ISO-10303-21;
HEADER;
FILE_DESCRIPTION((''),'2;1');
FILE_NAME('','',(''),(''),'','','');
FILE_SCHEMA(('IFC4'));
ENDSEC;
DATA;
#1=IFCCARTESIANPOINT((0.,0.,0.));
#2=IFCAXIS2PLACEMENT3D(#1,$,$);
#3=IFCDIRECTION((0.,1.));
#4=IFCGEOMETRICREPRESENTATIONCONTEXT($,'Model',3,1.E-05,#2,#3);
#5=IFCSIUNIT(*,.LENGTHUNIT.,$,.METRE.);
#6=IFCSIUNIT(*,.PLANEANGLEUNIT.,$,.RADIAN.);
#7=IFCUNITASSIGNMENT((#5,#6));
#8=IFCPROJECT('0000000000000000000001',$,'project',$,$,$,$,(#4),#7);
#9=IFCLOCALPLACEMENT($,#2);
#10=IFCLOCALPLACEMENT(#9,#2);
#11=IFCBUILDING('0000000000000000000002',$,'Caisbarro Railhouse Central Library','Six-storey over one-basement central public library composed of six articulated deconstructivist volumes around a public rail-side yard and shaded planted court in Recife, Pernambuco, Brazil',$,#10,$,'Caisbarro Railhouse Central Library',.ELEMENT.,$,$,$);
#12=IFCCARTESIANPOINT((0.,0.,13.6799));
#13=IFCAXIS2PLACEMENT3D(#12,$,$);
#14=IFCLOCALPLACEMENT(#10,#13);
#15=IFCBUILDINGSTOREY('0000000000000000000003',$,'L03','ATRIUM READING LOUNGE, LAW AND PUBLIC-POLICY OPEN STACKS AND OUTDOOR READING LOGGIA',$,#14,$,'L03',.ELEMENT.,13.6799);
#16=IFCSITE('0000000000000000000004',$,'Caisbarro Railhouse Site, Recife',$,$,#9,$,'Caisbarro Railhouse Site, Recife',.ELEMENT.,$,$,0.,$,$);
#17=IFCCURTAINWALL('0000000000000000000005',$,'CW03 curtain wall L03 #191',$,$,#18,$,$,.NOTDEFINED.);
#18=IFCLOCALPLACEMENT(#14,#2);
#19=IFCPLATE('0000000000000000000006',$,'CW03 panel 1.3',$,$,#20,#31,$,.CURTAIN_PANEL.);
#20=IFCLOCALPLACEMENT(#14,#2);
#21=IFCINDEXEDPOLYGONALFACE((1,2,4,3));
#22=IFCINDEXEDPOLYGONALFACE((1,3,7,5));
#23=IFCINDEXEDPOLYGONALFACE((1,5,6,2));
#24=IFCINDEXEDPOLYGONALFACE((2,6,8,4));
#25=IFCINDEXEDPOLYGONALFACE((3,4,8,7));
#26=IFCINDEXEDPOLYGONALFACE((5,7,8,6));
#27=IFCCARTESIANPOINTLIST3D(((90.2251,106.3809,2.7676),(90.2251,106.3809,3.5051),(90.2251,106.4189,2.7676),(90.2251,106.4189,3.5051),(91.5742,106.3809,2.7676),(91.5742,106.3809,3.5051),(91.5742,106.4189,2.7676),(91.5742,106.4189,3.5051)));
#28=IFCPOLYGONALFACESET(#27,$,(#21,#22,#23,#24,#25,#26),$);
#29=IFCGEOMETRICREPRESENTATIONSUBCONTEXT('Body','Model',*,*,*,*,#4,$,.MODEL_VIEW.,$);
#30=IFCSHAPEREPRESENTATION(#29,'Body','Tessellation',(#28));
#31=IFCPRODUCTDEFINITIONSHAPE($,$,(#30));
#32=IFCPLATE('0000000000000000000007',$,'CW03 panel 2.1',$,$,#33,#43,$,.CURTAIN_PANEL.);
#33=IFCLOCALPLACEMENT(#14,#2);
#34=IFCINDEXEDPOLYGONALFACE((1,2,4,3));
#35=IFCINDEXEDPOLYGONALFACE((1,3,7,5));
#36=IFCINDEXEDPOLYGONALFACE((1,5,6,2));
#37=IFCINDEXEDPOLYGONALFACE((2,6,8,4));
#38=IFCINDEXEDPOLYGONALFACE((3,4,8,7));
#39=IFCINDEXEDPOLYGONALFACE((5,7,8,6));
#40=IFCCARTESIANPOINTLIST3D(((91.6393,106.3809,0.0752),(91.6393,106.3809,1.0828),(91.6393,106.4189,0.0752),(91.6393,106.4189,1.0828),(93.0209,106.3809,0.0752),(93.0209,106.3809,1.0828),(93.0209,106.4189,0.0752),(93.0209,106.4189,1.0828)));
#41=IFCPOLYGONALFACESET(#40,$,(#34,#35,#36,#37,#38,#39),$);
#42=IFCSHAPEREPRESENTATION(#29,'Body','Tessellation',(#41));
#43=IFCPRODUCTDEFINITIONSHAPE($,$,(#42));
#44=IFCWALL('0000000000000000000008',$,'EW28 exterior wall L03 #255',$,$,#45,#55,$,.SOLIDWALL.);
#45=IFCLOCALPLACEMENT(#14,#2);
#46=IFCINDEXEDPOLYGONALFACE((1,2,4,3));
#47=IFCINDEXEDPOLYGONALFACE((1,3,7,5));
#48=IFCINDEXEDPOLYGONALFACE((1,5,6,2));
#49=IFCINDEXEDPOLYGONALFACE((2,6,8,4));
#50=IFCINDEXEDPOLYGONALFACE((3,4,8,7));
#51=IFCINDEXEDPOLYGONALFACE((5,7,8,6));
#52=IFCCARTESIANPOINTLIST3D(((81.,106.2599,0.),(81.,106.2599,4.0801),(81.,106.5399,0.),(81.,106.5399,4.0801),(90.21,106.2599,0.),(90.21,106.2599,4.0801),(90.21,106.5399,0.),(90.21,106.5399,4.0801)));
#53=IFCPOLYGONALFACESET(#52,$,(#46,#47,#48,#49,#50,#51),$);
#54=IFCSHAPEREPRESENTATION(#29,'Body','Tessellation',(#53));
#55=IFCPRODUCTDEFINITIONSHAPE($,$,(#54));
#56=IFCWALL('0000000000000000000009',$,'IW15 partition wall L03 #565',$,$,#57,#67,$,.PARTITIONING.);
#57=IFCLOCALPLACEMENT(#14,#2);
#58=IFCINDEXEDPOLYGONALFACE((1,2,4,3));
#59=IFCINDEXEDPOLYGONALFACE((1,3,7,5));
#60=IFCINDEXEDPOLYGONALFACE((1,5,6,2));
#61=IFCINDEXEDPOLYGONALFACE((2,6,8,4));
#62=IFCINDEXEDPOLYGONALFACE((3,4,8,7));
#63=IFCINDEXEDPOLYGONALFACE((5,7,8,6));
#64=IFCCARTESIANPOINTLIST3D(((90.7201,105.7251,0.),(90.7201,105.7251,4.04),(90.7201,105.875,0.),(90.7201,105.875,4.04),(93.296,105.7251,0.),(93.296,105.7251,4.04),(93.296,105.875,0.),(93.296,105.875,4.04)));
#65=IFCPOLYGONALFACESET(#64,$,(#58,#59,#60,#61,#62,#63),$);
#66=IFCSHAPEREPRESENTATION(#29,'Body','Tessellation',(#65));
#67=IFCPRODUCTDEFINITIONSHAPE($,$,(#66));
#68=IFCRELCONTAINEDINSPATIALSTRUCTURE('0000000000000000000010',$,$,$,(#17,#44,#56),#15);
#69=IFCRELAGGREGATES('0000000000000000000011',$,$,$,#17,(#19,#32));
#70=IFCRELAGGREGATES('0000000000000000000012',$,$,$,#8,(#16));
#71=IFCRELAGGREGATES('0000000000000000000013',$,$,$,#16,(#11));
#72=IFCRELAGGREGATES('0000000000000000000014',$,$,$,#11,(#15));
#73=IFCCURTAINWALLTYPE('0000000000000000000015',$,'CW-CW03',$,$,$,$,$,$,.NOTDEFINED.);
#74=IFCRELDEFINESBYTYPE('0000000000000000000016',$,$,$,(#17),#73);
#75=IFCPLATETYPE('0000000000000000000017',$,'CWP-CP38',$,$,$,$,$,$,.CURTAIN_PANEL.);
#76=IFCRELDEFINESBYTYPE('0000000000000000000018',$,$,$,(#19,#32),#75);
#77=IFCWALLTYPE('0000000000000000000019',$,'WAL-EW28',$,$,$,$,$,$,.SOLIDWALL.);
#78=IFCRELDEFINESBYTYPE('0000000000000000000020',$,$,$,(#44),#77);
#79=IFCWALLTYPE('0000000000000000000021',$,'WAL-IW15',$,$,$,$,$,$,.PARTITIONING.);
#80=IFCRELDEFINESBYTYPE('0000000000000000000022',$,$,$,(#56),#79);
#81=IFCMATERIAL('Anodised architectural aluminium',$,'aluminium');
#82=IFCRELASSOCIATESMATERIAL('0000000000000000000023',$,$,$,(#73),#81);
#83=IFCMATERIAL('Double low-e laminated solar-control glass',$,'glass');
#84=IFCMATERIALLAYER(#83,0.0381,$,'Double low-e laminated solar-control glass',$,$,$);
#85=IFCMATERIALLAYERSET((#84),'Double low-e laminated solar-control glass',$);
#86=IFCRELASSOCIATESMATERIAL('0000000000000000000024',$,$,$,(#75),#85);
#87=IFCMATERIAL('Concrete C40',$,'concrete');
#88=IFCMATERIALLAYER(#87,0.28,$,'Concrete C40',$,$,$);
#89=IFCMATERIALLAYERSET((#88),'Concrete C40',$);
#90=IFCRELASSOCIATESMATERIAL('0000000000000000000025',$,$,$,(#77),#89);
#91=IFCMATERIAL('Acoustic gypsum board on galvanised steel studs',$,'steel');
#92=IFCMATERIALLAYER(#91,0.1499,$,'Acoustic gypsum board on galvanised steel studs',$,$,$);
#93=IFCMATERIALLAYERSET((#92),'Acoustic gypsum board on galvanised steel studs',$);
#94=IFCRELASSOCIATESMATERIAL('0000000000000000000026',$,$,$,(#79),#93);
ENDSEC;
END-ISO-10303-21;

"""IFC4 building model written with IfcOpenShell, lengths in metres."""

from ifc_helpers import new_model, si_unit, direction, frame, frame_2d, origin, origin_2d, place, context, subcontext, project, spatial, rectangle, extrude, material, layer, layer_set, type_object, element, aggregate, save


model = new_model("IFC4")

# Units and contexts
model_context = context("Model", 3, precision=1e-05, world=origin(), true_north=direction((0.0, 1.0)))
body_context = subcontext(model_context, "Body", "Model", "MODEL_VIEW")
ifc_project = project(units=[si_unit("LENGTHUNIT", "METRE"), si_unit("PLANEANGLEUNIT", "RADIAN")], contexts=[model_context])

# Site, building, storey
site_placement = place(None, origin())
site = spatial("IfcSite", under=ifc_project, at=site_placement, Name="Caisbarro Railhouse Site, Recife", LongName="Caisbarro Railhouse Site, Recife", CompositionType="ELEMENT", RefElevation=0.0)
building_placement = place(site_placement, origin())
building = spatial("IfcBuilding", under=site, at=building_placement, Name="Caisbarro Railhouse Central Library", Description="Six-storey over one-basement central public library composed of six articulated deconstructivist volumes around a public rail-side yard and shaded planted court in Recife, Pernambuco, Brazil", LongName="Caisbarro Railhouse Central Library", CompositionType="ELEMENT")
storey_placement = place(building_placement, frame((0.0, 0.0, 13.6799)))
storey = spatial("IfcBuildingStorey", under=building, at=storey_placement, Name="L03", Description="ATRIUM READING LOUNGE, LAW AND PUBLIC-POLICY OPEN STACKS AND OUTDOOR READING LOGGIA", LongName="L03", CompositionType="ELEMENT", Elevation=13.6799)

# Curtain wall, plates
ifc_material_1 = material(Name="Anodised architectural aluminium", Category="aluminium")
curtain_wall_type = type_object("IfcCurtainWallType", Name="CW-CW03", PredefinedType="NOTDEFINED", material=ifc_material_1)
curtain_wall_placement = place(storey_placement, origin())
curtain_wall = element("IfcCurtainWall", 1, at=curtain_wall_placement, inside=storey, type_object=curtain_wall_type, Name="CW03 curtain wall L03 #191", PredefinedType="NOTDEFINED")
ifc_material_2 = material(Name="Double low-e laminated solar-control glass", Category="glass")
ifc_layer_1 = layer(ifc_material_2, 0.0381, Name="Double low-e laminated solar-control glass")
ifc_layer_set_1 = layer_set([ifc_layer_1], Name="Double low-e laminated solar-control glass")
plate_type = type_object("IfcPlateType", Name="CWP-CP38", PredefinedType="CURTAIN_PANEL", material=ifc_layer_set_1)
plate_1_placement = place(storey_placement, frame((90.8997, 106.3999, 2.7676), z_axis=(0.0, 0.0, 1.0), x_axis=(1.0, 0.0, 0.0)))
plate_1 = element("IfcPlate", 2, at=plate_1_placement, type_object=plate_type, Name="CW03 panel 1.3", PredefinedType="CURTAIN_PANEL", context=body_context, shape_type="SweptSolid", body=[
    extrude(rectangle(XDim=1.3491, YDim=0.0381, at=origin_2d()), origin(), (0.0, 0.0, 1.0), 0.7375),
])
plate_2_placement = place(storey_placement, frame((92.3301, 106.3999, 0.0752), z_axis=(0.0, 0.0, 1.0), x_axis=(1.0, 0.0, 0.0)))
plate_2 = element("IfcPlate", 3, at=plate_2_placement, type_object=plate_type, Name="CW03 panel 2.1", PredefinedType="CURTAIN_PANEL", context=body_context, shape_type="SweptSolid", body=[
    extrude(rectangle(XDim=1.3816, YDim=0.0381, at=origin_2d()), origin(), (0.0, 0.0, 1.0), 1.0076),
])
aggregate(curtain_wall, [plate_1, plate_2])

# Walls
ifc_material_3 = material(Name="Concrete C40", Category="concrete")
ifc_layer_2 = layer(ifc_material_3, 0.28, Name="Concrete C40")
ifc_layer_set_2 = layer_set([ifc_layer_2], Name="Concrete C40")
wall_type_1 = type_object("IfcWallType", Name="WAL-EW28", PredefinedType="SOLIDWALL", material=ifc_layer_set_2)
wall_1_placement = place(storey_placement, frame((81.0, 106.3999, 0.0), z_axis=(0.0, 0.0, 1.0), x_axis=(1.0, 0.0, 0.0)))
element("IfcWall", 4, at=wall_1_placement, inside=storey, type_object=wall_type_1, Name="EW28 exterior wall L03 #255", PredefinedType="SOLIDWALL", context=body_context, shape_type="SweptSolid", body=[
    extrude(rectangle(XDim=9.21, YDim=0.28, at=frame_2d((4.605, 0.0))), origin(), (0.0, 0.0, 1.0), 4.0801),
])
ifc_material_4 = material(Name="Acoustic gypsum board on galvanised steel studs", Category="steel")
ifc_layer_3 = layer(ifc_material_4, 0.1499, Name="Acoustic gypsum board on galvanised steel studs")
ifc_layer_set_3 = layer_set([ifc_layer_3], Name="Acoustic gypsum board on galvanised steel studs")
wall_type_2 = type_object("IfcWallType", Name="WAL-IW15", PredefinedType="PARTITIONING", material=ifc_layer_set_3)
wall_2_placement = place(storey_placement, frame((90.72, 105.8, 0.0), z_axis=(0.0, 0.0, 1.0), x_axis=(1.0, 0.0, 0.0)))
element("IfcWall", 5, at=wall_2_placement, inside=storey, type_object=wall_type_2, Name="IW15 partition wall L03 #565", PredefinedType="PARTITIONING", context=body_context, shape_type="SweptSolid", body=[
    extrude(rectangle(XDim=2.5759, YDim=0.1499, at=frame_2d((1.2881, 0.0))), origin(), (0.0, 0.0, 1.0), 4.04),
])

save(model, "model.ifc")
